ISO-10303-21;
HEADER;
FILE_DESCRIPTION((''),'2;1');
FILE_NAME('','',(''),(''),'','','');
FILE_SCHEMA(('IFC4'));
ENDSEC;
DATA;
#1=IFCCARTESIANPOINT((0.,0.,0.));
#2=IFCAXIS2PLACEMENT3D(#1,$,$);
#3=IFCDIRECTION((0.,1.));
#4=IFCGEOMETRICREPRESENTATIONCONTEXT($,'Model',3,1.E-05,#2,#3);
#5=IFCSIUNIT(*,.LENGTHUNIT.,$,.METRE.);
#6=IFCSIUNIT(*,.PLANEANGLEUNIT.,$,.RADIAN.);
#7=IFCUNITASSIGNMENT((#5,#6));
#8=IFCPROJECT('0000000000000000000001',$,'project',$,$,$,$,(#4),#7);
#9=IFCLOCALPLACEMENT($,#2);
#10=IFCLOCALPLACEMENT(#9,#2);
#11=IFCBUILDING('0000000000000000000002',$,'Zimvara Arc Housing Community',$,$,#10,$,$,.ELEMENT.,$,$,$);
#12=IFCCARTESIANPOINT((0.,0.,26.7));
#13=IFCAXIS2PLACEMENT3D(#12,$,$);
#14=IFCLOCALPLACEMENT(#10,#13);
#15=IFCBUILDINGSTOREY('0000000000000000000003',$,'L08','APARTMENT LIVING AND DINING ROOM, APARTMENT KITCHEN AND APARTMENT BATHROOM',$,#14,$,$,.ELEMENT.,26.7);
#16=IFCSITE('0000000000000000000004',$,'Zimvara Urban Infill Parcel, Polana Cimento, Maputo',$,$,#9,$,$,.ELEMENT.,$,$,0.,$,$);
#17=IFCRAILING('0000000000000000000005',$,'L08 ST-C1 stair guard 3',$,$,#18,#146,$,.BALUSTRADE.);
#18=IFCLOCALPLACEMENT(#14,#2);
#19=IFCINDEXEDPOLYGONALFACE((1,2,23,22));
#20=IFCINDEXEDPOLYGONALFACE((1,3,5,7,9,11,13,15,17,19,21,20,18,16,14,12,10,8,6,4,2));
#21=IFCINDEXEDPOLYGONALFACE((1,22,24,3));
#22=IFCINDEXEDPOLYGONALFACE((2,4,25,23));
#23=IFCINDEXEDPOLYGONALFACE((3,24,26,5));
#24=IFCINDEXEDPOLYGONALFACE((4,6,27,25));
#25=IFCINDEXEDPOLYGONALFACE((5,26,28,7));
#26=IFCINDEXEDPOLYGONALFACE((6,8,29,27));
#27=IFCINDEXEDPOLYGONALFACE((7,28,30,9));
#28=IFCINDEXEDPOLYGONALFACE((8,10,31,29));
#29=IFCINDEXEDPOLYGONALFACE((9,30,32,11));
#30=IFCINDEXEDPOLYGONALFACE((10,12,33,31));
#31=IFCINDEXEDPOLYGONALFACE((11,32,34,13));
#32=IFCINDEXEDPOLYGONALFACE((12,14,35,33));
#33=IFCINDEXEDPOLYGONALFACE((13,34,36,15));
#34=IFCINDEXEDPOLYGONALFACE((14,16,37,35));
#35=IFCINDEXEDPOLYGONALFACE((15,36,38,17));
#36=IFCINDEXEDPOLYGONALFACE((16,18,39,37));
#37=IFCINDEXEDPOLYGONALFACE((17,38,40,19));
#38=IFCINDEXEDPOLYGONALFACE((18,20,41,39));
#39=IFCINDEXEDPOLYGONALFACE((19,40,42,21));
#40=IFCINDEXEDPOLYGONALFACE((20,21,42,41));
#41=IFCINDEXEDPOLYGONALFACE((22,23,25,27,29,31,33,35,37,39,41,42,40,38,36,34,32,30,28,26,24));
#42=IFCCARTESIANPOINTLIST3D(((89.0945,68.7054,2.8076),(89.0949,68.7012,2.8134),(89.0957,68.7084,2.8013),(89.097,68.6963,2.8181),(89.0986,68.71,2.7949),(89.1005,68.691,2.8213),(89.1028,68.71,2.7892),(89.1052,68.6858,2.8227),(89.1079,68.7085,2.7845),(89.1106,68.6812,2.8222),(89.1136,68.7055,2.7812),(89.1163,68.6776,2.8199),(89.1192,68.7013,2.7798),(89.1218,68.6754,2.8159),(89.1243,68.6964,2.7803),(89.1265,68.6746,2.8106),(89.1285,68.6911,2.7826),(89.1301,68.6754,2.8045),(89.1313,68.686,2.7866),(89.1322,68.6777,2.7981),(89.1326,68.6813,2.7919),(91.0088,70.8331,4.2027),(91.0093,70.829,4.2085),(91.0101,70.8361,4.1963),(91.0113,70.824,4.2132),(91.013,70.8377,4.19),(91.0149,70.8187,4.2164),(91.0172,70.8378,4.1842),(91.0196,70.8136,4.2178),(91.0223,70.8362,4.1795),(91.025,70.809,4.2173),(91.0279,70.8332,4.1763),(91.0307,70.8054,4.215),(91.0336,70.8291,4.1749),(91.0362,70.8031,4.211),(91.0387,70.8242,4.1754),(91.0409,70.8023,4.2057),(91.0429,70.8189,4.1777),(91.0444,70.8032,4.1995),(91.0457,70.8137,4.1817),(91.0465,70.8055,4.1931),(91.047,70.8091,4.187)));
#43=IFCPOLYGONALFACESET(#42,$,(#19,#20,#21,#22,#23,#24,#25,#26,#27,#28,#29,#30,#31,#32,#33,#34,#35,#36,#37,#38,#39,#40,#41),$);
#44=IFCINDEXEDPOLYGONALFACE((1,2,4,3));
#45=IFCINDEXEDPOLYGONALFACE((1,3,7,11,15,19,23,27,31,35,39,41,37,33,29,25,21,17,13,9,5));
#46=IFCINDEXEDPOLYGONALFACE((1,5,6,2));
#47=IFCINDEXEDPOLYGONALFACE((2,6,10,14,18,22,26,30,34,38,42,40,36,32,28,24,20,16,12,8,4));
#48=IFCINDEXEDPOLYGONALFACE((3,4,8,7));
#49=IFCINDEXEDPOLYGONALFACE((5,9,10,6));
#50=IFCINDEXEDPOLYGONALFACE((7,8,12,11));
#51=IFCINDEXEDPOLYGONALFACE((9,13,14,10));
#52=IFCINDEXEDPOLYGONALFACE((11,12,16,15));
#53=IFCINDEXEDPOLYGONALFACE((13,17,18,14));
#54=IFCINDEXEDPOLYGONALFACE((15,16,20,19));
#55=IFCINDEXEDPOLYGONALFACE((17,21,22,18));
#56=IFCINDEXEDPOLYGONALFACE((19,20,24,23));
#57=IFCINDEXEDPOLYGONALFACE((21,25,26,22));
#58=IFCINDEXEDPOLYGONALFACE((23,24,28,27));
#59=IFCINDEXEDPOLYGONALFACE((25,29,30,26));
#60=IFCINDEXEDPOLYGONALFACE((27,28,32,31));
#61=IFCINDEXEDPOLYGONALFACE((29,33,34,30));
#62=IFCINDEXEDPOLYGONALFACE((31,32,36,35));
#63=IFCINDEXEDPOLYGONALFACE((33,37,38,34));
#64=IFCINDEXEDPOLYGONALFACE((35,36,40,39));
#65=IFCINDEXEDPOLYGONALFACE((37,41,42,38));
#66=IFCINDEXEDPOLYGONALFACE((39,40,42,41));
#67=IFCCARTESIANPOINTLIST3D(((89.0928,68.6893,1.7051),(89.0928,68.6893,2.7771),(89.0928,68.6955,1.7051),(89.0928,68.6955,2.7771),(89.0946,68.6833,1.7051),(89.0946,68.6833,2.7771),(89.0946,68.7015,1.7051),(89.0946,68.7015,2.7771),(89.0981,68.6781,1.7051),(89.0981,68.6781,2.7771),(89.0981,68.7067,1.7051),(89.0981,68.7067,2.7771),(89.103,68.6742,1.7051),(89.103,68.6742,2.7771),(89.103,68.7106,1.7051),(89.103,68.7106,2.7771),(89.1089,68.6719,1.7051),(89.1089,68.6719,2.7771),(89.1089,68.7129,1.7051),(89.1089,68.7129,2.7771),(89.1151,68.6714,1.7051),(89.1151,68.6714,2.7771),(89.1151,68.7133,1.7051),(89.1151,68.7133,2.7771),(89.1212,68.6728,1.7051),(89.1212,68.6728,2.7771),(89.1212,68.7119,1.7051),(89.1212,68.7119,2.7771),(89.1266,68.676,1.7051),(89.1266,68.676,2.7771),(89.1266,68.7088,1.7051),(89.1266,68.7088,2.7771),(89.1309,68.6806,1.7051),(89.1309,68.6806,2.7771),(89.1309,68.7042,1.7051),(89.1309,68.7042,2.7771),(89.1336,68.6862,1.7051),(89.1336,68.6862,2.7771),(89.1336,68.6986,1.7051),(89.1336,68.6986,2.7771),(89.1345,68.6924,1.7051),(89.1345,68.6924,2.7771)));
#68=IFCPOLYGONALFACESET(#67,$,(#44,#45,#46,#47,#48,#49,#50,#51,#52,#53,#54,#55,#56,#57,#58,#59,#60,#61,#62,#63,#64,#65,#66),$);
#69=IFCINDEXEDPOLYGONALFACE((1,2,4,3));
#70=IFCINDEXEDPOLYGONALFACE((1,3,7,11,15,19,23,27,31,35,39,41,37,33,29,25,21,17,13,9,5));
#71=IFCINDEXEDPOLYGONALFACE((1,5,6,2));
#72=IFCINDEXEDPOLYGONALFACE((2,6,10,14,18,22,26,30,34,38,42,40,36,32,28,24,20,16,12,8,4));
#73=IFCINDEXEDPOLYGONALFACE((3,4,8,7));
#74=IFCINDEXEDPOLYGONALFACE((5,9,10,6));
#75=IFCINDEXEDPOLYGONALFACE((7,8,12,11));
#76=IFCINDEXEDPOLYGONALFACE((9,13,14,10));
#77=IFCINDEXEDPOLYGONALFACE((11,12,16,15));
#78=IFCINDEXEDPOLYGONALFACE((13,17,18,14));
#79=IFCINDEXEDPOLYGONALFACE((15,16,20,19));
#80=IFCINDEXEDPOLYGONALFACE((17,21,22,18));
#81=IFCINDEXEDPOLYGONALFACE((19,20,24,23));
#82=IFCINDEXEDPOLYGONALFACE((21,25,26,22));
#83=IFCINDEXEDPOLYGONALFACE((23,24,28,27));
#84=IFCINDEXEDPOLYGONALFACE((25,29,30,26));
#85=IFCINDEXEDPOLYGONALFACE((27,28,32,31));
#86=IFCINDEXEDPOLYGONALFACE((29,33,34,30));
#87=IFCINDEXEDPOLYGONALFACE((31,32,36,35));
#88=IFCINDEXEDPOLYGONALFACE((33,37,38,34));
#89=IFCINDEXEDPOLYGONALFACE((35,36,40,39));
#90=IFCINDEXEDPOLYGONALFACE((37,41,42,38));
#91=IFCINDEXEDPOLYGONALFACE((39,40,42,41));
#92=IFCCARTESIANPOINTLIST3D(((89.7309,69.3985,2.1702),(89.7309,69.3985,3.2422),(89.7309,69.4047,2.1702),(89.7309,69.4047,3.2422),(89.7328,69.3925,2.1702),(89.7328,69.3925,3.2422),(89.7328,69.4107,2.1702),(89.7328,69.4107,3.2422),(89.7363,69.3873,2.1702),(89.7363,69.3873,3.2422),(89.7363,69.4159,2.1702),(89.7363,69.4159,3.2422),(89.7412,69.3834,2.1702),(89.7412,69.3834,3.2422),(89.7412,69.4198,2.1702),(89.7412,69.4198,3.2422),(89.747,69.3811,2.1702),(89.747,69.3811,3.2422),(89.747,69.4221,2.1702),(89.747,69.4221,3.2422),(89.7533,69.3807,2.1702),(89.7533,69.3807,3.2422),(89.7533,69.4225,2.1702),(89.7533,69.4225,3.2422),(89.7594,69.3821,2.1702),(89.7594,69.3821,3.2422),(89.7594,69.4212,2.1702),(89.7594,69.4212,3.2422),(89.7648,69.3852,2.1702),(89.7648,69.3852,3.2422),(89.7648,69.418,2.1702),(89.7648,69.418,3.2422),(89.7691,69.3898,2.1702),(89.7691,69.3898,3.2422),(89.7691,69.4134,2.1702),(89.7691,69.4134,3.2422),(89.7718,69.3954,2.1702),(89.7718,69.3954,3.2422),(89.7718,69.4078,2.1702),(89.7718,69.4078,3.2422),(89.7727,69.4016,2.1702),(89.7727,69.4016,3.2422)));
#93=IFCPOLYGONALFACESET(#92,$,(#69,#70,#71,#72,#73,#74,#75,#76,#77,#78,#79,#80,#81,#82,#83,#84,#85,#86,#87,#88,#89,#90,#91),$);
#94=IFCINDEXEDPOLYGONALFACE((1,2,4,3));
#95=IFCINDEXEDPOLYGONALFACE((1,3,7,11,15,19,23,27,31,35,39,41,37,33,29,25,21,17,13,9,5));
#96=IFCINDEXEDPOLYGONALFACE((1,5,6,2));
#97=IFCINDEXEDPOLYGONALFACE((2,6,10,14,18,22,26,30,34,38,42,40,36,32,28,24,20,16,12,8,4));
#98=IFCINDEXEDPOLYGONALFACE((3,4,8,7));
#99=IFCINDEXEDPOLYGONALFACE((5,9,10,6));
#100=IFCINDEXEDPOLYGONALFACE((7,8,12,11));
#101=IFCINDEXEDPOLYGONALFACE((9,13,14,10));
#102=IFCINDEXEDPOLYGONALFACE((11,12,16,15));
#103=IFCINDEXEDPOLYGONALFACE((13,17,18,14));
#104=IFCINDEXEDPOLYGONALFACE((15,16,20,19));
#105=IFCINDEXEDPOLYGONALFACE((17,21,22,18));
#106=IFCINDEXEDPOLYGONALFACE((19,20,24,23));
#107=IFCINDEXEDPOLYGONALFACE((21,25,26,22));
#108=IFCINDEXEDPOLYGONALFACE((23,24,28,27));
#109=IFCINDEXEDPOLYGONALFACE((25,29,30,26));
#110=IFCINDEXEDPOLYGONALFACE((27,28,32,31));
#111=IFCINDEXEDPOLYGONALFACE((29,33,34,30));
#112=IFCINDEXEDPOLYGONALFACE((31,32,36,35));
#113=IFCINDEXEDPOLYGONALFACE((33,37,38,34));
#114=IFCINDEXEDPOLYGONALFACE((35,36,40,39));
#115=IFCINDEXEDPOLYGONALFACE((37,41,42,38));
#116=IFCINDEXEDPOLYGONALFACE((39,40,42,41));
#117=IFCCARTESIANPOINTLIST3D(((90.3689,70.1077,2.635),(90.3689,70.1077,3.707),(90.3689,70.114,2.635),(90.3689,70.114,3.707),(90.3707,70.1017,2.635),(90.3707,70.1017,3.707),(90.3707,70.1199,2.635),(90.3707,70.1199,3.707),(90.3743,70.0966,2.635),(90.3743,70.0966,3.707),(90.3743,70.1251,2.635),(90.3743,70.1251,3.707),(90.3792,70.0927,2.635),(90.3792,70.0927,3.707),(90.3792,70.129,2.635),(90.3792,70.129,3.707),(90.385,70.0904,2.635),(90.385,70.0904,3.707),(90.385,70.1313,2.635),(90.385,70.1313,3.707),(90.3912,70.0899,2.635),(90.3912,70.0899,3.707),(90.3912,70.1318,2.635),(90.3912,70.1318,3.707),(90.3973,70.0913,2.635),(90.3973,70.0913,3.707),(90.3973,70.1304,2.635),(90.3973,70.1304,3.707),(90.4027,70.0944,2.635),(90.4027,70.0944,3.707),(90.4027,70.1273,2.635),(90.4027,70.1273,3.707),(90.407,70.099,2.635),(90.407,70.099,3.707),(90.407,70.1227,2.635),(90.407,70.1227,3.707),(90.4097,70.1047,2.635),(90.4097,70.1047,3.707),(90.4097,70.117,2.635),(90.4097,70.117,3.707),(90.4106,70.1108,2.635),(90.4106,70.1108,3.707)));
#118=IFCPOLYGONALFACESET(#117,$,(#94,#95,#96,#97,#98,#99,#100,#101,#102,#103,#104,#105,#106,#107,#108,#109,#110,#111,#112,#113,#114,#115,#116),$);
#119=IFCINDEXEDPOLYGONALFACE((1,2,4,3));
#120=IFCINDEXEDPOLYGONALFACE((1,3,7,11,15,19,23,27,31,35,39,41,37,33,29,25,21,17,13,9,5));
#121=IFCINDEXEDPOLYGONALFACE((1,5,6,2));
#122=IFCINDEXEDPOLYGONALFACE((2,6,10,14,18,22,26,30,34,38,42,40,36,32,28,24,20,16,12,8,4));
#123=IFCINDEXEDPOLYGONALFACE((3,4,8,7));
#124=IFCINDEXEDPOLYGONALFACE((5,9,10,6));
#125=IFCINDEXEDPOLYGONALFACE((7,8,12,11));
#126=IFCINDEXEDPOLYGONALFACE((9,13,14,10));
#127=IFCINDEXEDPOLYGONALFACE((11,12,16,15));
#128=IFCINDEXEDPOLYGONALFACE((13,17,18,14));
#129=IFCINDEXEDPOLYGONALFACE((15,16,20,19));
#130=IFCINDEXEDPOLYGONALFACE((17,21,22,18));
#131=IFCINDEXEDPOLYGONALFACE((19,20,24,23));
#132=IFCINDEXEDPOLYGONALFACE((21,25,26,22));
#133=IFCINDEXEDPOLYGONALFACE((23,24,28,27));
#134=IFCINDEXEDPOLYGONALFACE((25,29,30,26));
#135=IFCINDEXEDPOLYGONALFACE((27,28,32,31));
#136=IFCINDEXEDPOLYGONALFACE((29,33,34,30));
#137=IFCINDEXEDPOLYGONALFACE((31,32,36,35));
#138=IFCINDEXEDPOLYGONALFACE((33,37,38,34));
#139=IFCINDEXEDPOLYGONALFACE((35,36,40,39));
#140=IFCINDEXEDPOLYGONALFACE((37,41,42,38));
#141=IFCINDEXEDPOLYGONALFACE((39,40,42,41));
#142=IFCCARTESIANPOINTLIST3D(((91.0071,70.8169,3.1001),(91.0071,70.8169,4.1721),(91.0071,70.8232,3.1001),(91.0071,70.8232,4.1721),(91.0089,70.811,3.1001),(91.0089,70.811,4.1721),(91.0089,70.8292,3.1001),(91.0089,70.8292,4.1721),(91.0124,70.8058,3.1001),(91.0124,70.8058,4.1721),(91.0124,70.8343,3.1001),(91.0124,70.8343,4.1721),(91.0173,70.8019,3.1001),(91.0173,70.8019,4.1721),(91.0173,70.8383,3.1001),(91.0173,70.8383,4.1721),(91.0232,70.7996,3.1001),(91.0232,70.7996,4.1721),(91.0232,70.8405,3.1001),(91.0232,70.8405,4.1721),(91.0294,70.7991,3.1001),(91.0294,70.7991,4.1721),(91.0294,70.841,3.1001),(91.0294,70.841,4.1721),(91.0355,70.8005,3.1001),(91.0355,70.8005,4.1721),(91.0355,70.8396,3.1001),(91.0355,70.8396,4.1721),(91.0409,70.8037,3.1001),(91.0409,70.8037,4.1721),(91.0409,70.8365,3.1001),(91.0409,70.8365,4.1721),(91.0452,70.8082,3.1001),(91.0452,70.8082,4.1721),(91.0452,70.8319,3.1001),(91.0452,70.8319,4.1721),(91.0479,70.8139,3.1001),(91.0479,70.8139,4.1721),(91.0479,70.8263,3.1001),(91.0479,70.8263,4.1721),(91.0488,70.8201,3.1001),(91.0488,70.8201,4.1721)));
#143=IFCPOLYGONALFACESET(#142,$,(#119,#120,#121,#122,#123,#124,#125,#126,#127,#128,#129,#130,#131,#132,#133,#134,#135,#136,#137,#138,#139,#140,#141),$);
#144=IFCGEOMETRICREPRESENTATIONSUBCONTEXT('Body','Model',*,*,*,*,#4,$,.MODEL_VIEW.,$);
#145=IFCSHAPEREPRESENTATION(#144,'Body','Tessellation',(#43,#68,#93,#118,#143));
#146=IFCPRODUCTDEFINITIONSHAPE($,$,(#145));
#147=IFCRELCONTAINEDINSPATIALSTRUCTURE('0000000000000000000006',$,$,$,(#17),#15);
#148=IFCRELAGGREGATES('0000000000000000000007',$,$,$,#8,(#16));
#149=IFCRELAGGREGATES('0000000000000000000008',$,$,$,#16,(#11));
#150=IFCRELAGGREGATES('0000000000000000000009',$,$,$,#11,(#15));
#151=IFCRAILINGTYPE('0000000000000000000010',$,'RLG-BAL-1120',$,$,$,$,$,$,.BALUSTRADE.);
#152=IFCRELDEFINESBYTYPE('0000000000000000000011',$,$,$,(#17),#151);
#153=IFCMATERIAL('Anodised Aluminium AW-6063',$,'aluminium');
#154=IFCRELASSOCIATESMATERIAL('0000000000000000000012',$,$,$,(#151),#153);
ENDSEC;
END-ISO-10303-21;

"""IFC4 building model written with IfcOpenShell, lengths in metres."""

from ifc_helpers import new_model, si_unit, direction, frame, origin, origin_2d, place, context, subcontext, project, spatial, circle, extrude, material, type_object, element, save


model = new_model("IFC4")

# Units and contexts
model_context = context("Model", 3, precision=1e-05, world=origin(), true_north=direction((0.0, 1.0)))
body_context = subcontext(model_context, "Body", "Model", "MODEL_VIEW")
ifc_project = project(units=[si_unit("LENGTHUNIT", "METRE"), si_unit("PLANEANGLEUNIT", "RADIAN")], contexts=[model_context])

# Site, building, storey
site_placement = place(None, origin())
site = spatial("IfcSite", under=ifc_project, at=site_placement, Name="Zimvara Urban Infill Parcel, Polana Cimento, Maputo", CompositionType="ELEMENT", RefElevation=0.0)
building_placement = place(site_placement, origin())
building = spatial("IfcBuilding", under=site, at=building_placement, Name="Zimvara Arc Housing Community", CompositionType="ELEMENT")
storey_placement = place(building_placement, frame((0.0, 0.0, 26.7)))
storey = spatial("IfcBuildingStorey", under=building, at=storey_placement, Name="L08", Description="APARTMENT LIVING AND DINING ROOM, APARTMENT KITCHEN AND APARTMENT BATHROOM", CompositionType="ELEMENT", Elevation=26.7)

# Railing
ifc_material_1 = material(Name="Anodised Aluminium AW-6063", Category="aluminium")
railing_type_1 = type_object("IfcRailingType", Name="RLG-BAL-1120", PredefinedType="BALUSTRADE", material=ifc_material_1)
railing_1_placement = place(storey_placement, frame((89.1135, 68.6924, 1.7051)))
element("IfcRailing", 1, at=railing_1_placement, inside=storey, type_object=railing_type_1, Name="L08 ST-C1 stair guard 3", PredefinedType="BALUSTRADE", context=body_context, shape_type="SweptSolid", body=[
    extrude(circle(Radius=0.0239, at=origin_2d()), frame((0.0, 0.0, 1.0962), z_axis=(0.601232, 0.668248, 0.438138), x_axis=(-0.7434, 0.668847, 0.0)), (0.0, 0.0, 1.0), 3.1841),
    extrude(circle(Radius=0.021, at=origin_2d()), origin(), (0.0, 0.0, 1.0), 1.072),
    extrude(circle(Radius=0.021, at=origin_2d()), frame((0.6382, 0.7092, 0.4651)), (0.0, 0.0, 1.0), 1.072),
    extrude(circle(Radius=0.021, at=origin_2d()), frame((1.2761, 1.4185, 0.9299)), (0.0, 0.0, 1.0), 1.072),
    extrude(circle(Radius=0.021, at=origin_2d()), frame((1.9143, 2.1277, 1.395)), (0.0, 0.0, 1.0), 1.072),
])

save(model, "model.ifc")
